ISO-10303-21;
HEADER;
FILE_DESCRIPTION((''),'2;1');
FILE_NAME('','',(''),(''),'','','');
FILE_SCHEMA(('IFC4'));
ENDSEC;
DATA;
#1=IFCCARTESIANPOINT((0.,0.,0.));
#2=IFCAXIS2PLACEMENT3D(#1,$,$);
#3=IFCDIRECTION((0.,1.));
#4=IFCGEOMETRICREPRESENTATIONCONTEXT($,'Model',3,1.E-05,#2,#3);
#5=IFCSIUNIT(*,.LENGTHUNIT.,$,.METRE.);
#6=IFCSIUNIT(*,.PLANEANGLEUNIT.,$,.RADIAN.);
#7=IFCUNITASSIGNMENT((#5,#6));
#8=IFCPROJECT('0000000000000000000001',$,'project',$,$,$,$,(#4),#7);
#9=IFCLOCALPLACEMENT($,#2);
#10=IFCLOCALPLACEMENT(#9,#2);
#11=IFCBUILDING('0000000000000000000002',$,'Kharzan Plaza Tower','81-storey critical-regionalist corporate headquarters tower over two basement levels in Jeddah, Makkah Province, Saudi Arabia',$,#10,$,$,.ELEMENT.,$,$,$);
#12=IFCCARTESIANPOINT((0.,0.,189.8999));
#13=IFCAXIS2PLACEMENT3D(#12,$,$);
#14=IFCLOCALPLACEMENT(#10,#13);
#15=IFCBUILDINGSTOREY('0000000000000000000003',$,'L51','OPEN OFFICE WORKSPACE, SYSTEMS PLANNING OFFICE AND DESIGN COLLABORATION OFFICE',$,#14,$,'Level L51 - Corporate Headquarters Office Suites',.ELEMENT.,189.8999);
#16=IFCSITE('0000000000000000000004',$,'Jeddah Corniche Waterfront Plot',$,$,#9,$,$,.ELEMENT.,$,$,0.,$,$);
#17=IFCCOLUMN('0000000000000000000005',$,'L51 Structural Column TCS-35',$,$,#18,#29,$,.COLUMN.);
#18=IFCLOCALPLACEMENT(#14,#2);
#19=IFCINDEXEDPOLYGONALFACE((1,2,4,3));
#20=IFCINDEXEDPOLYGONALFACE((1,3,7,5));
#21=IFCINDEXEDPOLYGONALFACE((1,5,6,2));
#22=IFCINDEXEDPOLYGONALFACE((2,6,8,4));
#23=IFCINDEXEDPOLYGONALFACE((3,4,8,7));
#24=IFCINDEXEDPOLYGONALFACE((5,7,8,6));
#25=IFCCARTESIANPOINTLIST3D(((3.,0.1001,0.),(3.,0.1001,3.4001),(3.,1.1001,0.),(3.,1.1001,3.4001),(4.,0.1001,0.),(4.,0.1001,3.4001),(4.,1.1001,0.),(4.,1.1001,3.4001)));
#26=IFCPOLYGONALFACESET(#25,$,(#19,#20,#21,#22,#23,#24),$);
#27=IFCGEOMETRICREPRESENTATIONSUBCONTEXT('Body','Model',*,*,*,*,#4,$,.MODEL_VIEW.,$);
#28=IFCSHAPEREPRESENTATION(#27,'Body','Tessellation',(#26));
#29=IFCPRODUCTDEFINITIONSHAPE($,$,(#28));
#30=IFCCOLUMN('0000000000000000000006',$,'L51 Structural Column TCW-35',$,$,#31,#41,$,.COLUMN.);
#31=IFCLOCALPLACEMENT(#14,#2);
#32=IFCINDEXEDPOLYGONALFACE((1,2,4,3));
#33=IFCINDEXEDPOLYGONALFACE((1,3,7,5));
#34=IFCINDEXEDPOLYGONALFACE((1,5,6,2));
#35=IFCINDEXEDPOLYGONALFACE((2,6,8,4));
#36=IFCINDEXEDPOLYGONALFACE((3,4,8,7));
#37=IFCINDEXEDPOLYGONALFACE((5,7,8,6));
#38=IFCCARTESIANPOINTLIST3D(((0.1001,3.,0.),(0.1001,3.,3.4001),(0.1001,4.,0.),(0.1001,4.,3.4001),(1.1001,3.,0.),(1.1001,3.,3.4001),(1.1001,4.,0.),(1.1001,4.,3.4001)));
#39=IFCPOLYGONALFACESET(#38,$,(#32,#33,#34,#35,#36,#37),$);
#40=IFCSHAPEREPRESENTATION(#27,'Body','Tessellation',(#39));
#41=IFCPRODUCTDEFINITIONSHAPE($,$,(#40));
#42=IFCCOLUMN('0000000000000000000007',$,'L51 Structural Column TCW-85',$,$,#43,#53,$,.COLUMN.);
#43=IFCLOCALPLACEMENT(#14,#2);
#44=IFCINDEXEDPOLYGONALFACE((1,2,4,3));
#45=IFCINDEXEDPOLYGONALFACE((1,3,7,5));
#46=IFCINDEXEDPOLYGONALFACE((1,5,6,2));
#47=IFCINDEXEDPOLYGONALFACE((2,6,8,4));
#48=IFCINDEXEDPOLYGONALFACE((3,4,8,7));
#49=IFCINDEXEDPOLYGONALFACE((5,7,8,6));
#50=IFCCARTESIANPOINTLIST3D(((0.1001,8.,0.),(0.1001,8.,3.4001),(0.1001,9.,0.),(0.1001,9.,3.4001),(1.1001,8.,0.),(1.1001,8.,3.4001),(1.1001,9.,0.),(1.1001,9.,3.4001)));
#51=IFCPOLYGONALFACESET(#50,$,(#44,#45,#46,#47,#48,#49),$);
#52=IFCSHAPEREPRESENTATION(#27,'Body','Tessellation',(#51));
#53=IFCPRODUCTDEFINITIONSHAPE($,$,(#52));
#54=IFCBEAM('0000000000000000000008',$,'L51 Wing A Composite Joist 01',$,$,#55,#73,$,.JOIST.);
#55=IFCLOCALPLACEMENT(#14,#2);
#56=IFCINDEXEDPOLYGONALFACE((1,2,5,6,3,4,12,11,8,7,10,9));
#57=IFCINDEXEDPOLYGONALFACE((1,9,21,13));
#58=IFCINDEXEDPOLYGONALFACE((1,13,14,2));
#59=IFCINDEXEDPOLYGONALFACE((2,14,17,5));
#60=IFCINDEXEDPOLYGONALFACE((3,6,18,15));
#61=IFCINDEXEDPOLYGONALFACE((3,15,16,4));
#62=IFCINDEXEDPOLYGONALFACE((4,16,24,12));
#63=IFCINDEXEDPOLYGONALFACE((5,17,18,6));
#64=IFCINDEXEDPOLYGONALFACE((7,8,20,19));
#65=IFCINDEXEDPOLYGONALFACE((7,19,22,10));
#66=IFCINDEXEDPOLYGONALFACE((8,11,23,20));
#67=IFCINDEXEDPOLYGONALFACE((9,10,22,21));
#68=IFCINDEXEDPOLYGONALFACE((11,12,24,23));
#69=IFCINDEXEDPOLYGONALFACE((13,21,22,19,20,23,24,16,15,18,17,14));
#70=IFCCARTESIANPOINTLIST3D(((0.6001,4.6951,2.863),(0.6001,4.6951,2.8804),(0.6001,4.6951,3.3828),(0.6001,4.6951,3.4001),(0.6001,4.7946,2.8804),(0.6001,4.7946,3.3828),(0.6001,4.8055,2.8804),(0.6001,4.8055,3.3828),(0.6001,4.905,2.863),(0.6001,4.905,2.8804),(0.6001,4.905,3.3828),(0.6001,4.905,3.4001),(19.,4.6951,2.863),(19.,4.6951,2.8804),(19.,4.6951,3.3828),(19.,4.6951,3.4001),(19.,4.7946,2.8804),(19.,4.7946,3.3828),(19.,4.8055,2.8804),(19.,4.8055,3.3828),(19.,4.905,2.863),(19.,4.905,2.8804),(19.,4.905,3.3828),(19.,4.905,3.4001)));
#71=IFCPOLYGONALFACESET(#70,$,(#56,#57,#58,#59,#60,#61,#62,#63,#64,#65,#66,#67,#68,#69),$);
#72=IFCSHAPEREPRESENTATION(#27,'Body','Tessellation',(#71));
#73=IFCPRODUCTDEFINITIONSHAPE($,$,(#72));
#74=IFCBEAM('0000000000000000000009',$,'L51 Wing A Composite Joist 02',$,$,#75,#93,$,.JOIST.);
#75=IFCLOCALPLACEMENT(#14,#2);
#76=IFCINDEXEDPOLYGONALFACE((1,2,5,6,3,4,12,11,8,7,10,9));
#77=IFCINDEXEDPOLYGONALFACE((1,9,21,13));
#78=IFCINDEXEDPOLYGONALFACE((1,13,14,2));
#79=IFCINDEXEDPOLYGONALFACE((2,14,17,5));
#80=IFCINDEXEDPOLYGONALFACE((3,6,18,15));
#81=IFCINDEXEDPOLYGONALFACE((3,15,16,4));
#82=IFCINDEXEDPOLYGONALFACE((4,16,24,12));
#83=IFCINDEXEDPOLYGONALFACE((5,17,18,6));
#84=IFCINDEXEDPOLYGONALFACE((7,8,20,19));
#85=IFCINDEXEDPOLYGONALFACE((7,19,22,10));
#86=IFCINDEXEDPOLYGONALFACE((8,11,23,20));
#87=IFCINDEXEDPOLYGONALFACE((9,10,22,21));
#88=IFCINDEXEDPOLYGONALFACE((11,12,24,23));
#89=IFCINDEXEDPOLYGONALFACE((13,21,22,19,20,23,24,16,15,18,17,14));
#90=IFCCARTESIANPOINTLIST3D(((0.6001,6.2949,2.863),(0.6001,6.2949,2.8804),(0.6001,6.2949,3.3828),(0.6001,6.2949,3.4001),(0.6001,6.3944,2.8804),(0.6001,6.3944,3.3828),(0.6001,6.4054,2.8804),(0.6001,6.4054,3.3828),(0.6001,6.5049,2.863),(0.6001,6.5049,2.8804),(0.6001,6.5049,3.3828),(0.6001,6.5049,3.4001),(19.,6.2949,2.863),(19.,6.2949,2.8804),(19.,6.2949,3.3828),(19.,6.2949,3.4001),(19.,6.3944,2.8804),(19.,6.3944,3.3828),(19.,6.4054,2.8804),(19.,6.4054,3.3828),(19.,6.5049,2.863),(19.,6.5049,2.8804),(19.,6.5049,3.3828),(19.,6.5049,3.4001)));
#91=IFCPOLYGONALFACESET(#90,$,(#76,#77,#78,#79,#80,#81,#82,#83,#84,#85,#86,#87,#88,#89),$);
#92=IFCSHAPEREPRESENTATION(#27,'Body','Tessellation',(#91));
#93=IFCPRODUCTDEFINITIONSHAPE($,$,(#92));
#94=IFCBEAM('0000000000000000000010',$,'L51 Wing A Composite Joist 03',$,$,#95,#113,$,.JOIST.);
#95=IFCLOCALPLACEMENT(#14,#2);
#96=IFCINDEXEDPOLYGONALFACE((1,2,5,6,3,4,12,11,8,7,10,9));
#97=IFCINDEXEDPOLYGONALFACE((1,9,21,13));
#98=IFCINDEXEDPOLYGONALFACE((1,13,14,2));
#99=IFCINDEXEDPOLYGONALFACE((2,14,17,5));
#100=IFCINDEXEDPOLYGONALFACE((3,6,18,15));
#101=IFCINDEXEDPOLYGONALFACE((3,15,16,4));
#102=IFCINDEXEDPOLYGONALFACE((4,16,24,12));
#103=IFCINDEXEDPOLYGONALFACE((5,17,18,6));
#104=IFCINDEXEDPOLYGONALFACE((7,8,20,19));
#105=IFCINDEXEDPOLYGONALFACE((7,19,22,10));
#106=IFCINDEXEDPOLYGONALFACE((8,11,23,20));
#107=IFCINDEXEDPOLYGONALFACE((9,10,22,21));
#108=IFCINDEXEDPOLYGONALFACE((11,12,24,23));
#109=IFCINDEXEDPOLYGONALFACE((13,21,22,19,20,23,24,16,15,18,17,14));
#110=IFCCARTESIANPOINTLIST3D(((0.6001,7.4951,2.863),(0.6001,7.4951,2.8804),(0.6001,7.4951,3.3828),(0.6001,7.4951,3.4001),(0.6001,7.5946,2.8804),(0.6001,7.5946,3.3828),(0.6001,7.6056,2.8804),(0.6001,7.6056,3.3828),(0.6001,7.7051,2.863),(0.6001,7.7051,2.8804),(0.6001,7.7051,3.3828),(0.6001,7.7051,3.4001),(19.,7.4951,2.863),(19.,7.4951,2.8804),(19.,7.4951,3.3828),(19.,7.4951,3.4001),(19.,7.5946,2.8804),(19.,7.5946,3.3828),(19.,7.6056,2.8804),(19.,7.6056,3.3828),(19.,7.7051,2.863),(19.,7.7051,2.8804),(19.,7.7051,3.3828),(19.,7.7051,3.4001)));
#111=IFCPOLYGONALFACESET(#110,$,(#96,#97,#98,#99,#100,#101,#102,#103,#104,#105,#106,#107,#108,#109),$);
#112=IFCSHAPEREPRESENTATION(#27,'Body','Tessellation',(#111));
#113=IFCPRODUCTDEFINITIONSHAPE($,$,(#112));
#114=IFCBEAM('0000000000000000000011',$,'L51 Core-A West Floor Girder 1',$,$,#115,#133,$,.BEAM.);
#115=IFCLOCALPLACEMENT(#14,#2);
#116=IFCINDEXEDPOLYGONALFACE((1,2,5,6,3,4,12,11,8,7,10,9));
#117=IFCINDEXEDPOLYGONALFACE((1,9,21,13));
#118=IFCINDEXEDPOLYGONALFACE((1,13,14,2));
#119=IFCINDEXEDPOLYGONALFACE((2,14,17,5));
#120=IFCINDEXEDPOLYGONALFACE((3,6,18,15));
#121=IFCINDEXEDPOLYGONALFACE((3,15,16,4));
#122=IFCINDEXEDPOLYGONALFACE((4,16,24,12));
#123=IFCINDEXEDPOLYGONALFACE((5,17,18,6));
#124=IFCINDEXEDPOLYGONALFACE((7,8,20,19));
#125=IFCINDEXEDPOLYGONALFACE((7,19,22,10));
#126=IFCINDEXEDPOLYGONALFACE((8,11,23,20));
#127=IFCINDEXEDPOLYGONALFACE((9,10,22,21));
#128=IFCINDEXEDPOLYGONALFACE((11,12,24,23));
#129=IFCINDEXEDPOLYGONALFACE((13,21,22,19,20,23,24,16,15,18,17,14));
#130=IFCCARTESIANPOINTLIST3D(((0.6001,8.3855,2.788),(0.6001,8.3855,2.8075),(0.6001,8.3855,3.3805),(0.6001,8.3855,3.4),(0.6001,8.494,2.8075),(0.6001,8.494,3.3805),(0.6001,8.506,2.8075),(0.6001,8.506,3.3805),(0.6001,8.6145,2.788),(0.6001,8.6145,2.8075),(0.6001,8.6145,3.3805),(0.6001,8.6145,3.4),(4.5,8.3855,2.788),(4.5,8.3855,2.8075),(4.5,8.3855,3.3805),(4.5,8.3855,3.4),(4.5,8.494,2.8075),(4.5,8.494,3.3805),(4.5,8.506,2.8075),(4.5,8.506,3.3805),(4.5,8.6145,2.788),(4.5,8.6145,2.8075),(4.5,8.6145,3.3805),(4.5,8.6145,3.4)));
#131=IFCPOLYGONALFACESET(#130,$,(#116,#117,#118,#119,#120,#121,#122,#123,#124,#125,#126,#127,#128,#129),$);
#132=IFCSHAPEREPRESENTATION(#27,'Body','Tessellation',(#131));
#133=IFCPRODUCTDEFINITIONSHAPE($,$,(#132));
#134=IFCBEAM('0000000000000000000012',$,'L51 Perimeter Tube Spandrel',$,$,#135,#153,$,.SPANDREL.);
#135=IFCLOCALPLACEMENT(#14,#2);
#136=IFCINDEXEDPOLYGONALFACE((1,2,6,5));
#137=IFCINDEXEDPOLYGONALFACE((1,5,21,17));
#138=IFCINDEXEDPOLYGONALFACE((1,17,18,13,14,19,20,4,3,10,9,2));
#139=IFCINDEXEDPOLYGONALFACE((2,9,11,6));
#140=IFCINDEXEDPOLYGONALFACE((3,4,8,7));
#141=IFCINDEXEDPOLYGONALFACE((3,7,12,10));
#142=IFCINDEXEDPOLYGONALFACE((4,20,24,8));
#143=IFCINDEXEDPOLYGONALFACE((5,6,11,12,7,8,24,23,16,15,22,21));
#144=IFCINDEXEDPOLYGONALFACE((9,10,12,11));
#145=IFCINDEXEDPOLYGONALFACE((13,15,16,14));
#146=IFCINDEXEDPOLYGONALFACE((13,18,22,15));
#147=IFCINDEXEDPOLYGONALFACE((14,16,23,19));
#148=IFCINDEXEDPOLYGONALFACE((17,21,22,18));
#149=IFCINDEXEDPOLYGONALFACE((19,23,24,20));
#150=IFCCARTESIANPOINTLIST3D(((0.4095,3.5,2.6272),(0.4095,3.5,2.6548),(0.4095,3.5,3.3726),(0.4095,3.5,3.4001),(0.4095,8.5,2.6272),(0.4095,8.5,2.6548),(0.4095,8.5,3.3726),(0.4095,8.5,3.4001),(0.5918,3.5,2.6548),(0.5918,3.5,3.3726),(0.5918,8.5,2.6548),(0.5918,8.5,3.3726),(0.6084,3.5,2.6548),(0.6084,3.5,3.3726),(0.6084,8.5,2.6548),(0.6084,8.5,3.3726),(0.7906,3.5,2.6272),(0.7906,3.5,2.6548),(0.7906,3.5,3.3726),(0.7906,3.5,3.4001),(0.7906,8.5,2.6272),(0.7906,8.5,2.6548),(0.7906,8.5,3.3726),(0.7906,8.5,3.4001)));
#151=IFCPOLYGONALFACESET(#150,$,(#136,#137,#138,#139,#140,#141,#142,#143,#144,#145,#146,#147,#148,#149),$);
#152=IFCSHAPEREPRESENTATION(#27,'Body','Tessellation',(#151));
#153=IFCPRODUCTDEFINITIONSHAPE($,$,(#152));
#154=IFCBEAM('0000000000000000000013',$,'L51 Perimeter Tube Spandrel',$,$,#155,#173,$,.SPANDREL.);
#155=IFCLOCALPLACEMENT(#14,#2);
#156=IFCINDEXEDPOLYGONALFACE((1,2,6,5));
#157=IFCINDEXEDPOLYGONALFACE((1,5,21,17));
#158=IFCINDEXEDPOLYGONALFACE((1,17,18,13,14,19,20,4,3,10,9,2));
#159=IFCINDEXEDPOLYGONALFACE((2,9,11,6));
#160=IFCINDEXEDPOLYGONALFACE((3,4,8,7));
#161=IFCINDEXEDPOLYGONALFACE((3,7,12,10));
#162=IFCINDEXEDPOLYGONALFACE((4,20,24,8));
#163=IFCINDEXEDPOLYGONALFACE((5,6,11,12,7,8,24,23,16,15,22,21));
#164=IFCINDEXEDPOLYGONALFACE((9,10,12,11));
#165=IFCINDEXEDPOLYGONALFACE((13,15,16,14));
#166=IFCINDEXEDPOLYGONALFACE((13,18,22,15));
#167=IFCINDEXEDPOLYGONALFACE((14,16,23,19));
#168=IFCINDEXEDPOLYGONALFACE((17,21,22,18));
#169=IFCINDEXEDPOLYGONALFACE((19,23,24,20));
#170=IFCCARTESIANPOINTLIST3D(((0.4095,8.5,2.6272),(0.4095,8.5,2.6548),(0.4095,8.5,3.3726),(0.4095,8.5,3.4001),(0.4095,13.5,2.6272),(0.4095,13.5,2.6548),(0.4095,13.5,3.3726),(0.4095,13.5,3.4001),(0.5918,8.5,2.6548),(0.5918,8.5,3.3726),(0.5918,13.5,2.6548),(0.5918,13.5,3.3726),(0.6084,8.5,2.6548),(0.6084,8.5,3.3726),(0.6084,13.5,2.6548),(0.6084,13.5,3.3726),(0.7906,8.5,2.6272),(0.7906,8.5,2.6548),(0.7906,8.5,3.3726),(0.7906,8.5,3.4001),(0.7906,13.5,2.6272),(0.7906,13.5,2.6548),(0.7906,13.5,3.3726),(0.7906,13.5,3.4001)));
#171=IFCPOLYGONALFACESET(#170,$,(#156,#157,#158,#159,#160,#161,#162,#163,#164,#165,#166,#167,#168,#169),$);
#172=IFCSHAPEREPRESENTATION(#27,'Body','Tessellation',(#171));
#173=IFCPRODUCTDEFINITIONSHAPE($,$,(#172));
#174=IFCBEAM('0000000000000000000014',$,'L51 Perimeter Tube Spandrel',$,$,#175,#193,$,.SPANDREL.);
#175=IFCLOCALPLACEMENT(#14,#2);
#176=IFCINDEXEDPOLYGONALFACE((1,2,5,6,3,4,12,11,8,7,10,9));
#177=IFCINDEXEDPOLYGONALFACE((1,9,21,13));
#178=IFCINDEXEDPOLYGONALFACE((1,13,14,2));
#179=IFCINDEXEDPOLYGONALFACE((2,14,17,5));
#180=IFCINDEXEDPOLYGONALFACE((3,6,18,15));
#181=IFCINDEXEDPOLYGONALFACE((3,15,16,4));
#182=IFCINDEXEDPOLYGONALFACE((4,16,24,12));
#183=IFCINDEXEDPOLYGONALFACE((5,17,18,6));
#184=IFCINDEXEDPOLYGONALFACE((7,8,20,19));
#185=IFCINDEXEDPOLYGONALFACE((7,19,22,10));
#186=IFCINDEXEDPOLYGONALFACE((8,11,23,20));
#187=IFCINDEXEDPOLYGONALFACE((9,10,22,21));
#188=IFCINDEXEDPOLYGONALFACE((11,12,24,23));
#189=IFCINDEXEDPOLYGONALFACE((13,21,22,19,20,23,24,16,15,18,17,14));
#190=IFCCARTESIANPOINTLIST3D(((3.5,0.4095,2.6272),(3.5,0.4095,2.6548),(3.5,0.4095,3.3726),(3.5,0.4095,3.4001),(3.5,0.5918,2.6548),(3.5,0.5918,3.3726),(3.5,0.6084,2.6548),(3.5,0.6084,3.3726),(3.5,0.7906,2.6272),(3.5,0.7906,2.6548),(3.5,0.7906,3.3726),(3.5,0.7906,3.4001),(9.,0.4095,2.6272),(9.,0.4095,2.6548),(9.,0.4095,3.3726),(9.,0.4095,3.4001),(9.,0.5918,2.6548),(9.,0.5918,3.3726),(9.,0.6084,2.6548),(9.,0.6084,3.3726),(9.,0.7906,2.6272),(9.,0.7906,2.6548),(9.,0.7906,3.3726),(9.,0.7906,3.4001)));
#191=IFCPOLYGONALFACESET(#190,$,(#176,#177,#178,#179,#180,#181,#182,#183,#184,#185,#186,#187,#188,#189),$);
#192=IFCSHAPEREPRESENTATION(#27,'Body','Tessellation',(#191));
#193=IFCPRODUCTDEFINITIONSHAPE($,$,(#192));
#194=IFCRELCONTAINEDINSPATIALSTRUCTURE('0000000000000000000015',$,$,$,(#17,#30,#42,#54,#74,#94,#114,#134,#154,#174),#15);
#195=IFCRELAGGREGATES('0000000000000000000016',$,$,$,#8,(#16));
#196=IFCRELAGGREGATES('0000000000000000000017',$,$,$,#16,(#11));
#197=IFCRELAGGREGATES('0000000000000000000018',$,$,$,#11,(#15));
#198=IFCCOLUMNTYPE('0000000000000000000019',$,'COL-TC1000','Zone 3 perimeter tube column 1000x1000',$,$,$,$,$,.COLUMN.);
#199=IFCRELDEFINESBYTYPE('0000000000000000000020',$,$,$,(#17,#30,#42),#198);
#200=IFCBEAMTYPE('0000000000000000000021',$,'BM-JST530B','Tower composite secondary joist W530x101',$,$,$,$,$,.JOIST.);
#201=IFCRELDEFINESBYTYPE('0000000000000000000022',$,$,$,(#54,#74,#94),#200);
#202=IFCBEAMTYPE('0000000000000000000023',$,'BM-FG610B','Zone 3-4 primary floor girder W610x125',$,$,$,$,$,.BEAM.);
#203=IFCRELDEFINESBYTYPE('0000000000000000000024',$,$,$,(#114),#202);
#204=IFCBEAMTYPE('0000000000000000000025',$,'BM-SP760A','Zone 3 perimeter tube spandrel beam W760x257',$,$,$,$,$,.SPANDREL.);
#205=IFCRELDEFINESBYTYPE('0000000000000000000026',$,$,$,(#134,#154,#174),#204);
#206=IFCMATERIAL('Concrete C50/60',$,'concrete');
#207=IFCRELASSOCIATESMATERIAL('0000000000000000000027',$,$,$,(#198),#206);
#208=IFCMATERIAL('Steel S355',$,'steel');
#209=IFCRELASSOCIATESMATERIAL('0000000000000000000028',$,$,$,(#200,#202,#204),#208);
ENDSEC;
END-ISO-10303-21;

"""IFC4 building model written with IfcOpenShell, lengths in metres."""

from ifc_helpers import new_model, si_unit, direction, frame, origin, origin_2d, place, context, subcontext, project, spatial, rectangle, i_section, extrude, source, transform, mapped, material, material_profile, profile_set, type_object, element, save


model = new_model("IFC4")

# Units and contexts
model_context = context("Model", 3, precision=1e-05, world=origin(), true_north=direction((0.0, 1.0)))
body_context = subcontext(model_context, "Body", "Model", "MODEL_VIEW")
ifc_project = project(units=[si_unit("LENGTHUNIT", "METRE"), si_unit("PLANEANGLEUNIT", "RADIAN")], contexts=[model_context])

# Site, building, storey
site_placement = place(None, origin())
site = spatial("IfcSite", under=ifc_project, at=site_placement, Name="Jeddah Corniche Waterfront Plot", CompositionType="ELEMENT", RefElevation=0.0)
building_placement = place(site_placement, origin())
building = spatial("IfcBuilding", under=site, at=building_placement, Name="Kharzan Plaza Tower", Description="81-storey critical-regionalist corporate headquarters tower over two basement levels in Jeddah, Makkah Province, Saudi Arabia", CompositionType="ELEMENT")
storey_placement = place(building_placement, frame((0.0, 0.0, 189.8999)))
storey = spatial("IfcBuildingStorey", under=building, at=storey_placement, Name="L51", Description="OPEN OFFICE WORKSPACE, SYSTEMS PLANNING OFFICE AND DESIGN COLLABORATION OFFICE", LongName="Level L51 - Corporate Headquarters Office Suites", CompositionType="ELEMENT", Elevation=189.8999)

# Columns
ifc_material_1 = material(Name="Concrete C50/60", Category="concrete")
ifc_material_profile_1 = material_profile(ifc_material_1, rectangle(XDim=1.0, YDim=1.0, at=origin_2d()), Name="RC-TC1000x1000")
ifc_profile_set_1 = profile_set([ifc_material_profile_1], Name="Concrete C50/60")
column_type = type_object("IfcColumnType", Name="COL-TC1000", Description="Zone 3 perimeter tube column 1000x1000", PredefinedType="COLUMN", material=ifc_profile_set_1)
shared_shape_1 = source(origin(), body_context, "Body", "SweptSolid", [
    extrude(rectangle(XDim=1.0, YDim=1.0, at=origin_2d()), origin(), (0.0, 0.0, 1.0), 3.4001),
])
for number, where, z_axis, x_axis, name in (
    (1, (3.5, 0.6001, 0.0), (0.0, 0.0, 1.0), (1.0, 0.0, 0.0), "L51 Structural Column TCS-35"),
    (2, (0.6001, 3.5, 0.0), (0.0, 0.0, 1.0), (1.0, 0.0, 0.0), "L51 Structural Column TCW-35"),
    (3, (0.6001, 8.5, 0.0), (0.0, 0.0, 1.0), (1.0, 0.0, 0.0), "L51 Structural Column TCW-85"),
):
    element("IfcColumn", number, at=place(storey_placement, frame(where, z_axis=z_axis, x_axis=x_axis)), inside=storey, type_object=column_type, Name=name, PredefinedType="COLUMN", context=body_context, shape_type="MappedRepresentation", body=[
        mapped(shared_shape_1, transform((0.0, 0.0, 0.0), x_axis=(1.0, 0.0, 0.0), y_axis=(0.0, 1.0, 0.0), z_axis=(0.0, 0.0, 1.0))),
    ])

# Beams
ifc_material_2 = material(Name="Steel S355", Category="steel")
ifc_material_profile_2 = material_profile(ifc_material_2, i_section(OverallWidth=0.21, OverallDepth=0.5371, WebThickness=0.011, FlangeThickness=0.0173, at=origin_2d()), Name="W530x101")
ifc_profile_set_2 = profile_set([ifc_material_profile_2], Name="Steel S355")
beam_type_1 = type_object("IfcBeamType", Name="BM-JST530B", Description="Tower composite secondary joist W530x101", PredefinedType="JOIST", material=ifc_profile_set_2)
shared_shape_2 = source(origin(), body_context, "Body", "SweptSolid", [
    extrude(i_section(OverallWidth=0.21, OverallDepth=0.5371, WebThickness=0.011, FlangeThickness=0.0173, at=origin_2d()), origin(), (0.0, 0.0, 1.0), 18.3999),
])
for number, where, z_axis, x_axis, name in (
    (4, (0.6001, 4.8, 3.1316), (1.0, 0.0, 0.0), (0.0, 1.0, 0.0), "L51 Wing A Composite Joist 01"),
    (5, (0.6001, 6.3999, 3.1316), (1.0, 0.0, 0.0), (0.0, 1.0, 0.0), "L51 Wing A Composite Joist 02"),
    (6, (0.6001, 7.6001, 3.1316), (1.0, 0.0, 0.0), (0.0, 1.0, 0.0), "L51 Wing A Composite Joist 03"),
):
    element("IfcBeam", number, at=place(storey_placement, frame(where, z_axis=z_axis, x_axis=x_axis)), inside=storey, type_object=beam_type_1, Name=name, PredefinedType="JOIST", context=body_context, shape_type="MappedRepresentation", body=[
        mapped(shared_shape_2, transform((0.0, 0.0, 0.0), x_axis=(1.0, 0.0, 0.0), y_axis=(0.0, 1.0, 0.0), z_axis=(0.0, 0.0, 1.0))),
    ])
ifc_material_profile_3 = material_profile(ifc_material_2, i_section(OverallWidth=0.229, OverallDepth=0.6121, WebThickness=0.012, FlangeThickness=0.0195, at=origin_2d()), Name="W610x125")
ifc_profile_set_3 = profile_set([ifc_material_profile_3], Name="Steel S355")
beam_type_2 = type_object("IfcBeamType", Name="BM-FG610B", Description="Zone 3-4 primary floor girder W610x125", PredefinedType="BEAM", material=ifc_profile_set_3)
shared_shape_3 = source(origin(), body_context, "Body", "SweptSolid", [
    extrude(i_section(OverallWidth=0.229, OverallDepth=0.6121, WebThickness=0.012, FlangeThickness=0.0195, at=origin_2d()), origin(), (0.0, 0.0, 1.0), 3.8999),
])
beam_1_placement = place(storey_placement, frame((0.6001, 8.5, 3.094), z_axis=(1.0, 0.0, 0.0), x_axis=(0.0, 1.0, 0.0)))
element("IfcBeam", 7, at=beam_1_placement, inside=storey, type_object=beam_type_2, Name="L51 Core-A West Floor Girder 1", PredefinedType="BEAM", context=body_context, shape_type="MappedRepresentation", body=[
    mapped(shared_shape_3, transform((0.0, 0.0, 0.0), x_axis=(1.0, 0.0, 0.0), y_axis=(0.0, 1.0, 0.0), z_axis=(0.0, 0.0, 1.0))),
])
ifc_material_profile_4 = material_profile(ifc_material_2, i_section(OverallWidth=0.3811, OverallDepth=0.7729, WebThickness=0.0166, FlangeThickness=0.0276, at=origin_2d()), Name="W760x257")
ifc_profile_set_4 = profile_set([ifc_material_profile_4], Name="Steel S355")
beam_type_3 = type_object("IfcBeamType", Name="BM-SP760A", Description="Zone 3 perimeter tube spandrel beam W760x257", PredefinedType="SPANDREL", material=ifc_profile_set_4)
shared_shape_4 = source(origin(), body_context, "Body", "SweptSolid", [
    extrude(i_section(OverallWidth=0.3811, OverallDepth=0.7729, WebThickness=0.0166, FlangeThickness=0.0276, at=origin_2d()), origin(), (0.0, 0.0, 1.0), 5.0),
])
for number, where, z_axis, x_axis, name in (
    (8, (0.6001, 3.5, 3.0137), (0.0, 1.0, 0.0), (-1.0, 0.0, 0.0), "L51 Perimeter Tube Spandrel"),
    (9, (0.6001, 8.5, 3.0137), (0.0, 1.0, 0.0), (-1.0, 0.0, 0.0), "L51 Perimeter Tube Spandrel"),
):
    element("IfcBeam", number, at=place(storey_placement, frame(where, z_axis=z_axis, x_axis=x_axis)), inside=storey, type_object=beam_type_3, Name=name, PredefinedType="SPANDREL", context=body_context, shape_type="MappedRepresentation", body=[
        mapped(shared_shape_4, transform((0.0, 0.0, 0.0), x_axis=(1.0, 0.0, 0.0), y_axis=(0.0, 1.0, 0.0), z_axis=(0.0, 0.0, 1.0))),
    ])
shared_shape_5 = source(origin(), body_context, "Body", "SweptSolid", [
    extrude(i_section(OverallWidth=0.3811, OverallDepth=0.7729, WebThickness=0.0166, FlangeThickness=0.0276, at=origin_2d()), origin(), (0.0, 0.0, 1.0), 5.5),
])
beam_2_placement = place(storey_placement, frame((3.5, 0.6001, 3.0137), z_axis=(1.0, 0.0, 0.0), x_axis=(0.0, 1.0, 0.0)))
element("IfcBeam", 10, at=beam_2_placement, inside=storey, type_object=beam_type_3, Name="L51 Perimeter Tube Spandrel", PredefinedType="SPANDREL", context=body_context, shape_type="MappedRepresentation", body=[
    mapped(shared_shape_5, transform((0.0, 0.0, 0.0), x_axis=(1.0, 0.0, 0.0), y_axis=(0.0, 1.0, 0.0), z_axis=(0.0, 0.0, 1.0))),
])

save(model, "model.ifc")
